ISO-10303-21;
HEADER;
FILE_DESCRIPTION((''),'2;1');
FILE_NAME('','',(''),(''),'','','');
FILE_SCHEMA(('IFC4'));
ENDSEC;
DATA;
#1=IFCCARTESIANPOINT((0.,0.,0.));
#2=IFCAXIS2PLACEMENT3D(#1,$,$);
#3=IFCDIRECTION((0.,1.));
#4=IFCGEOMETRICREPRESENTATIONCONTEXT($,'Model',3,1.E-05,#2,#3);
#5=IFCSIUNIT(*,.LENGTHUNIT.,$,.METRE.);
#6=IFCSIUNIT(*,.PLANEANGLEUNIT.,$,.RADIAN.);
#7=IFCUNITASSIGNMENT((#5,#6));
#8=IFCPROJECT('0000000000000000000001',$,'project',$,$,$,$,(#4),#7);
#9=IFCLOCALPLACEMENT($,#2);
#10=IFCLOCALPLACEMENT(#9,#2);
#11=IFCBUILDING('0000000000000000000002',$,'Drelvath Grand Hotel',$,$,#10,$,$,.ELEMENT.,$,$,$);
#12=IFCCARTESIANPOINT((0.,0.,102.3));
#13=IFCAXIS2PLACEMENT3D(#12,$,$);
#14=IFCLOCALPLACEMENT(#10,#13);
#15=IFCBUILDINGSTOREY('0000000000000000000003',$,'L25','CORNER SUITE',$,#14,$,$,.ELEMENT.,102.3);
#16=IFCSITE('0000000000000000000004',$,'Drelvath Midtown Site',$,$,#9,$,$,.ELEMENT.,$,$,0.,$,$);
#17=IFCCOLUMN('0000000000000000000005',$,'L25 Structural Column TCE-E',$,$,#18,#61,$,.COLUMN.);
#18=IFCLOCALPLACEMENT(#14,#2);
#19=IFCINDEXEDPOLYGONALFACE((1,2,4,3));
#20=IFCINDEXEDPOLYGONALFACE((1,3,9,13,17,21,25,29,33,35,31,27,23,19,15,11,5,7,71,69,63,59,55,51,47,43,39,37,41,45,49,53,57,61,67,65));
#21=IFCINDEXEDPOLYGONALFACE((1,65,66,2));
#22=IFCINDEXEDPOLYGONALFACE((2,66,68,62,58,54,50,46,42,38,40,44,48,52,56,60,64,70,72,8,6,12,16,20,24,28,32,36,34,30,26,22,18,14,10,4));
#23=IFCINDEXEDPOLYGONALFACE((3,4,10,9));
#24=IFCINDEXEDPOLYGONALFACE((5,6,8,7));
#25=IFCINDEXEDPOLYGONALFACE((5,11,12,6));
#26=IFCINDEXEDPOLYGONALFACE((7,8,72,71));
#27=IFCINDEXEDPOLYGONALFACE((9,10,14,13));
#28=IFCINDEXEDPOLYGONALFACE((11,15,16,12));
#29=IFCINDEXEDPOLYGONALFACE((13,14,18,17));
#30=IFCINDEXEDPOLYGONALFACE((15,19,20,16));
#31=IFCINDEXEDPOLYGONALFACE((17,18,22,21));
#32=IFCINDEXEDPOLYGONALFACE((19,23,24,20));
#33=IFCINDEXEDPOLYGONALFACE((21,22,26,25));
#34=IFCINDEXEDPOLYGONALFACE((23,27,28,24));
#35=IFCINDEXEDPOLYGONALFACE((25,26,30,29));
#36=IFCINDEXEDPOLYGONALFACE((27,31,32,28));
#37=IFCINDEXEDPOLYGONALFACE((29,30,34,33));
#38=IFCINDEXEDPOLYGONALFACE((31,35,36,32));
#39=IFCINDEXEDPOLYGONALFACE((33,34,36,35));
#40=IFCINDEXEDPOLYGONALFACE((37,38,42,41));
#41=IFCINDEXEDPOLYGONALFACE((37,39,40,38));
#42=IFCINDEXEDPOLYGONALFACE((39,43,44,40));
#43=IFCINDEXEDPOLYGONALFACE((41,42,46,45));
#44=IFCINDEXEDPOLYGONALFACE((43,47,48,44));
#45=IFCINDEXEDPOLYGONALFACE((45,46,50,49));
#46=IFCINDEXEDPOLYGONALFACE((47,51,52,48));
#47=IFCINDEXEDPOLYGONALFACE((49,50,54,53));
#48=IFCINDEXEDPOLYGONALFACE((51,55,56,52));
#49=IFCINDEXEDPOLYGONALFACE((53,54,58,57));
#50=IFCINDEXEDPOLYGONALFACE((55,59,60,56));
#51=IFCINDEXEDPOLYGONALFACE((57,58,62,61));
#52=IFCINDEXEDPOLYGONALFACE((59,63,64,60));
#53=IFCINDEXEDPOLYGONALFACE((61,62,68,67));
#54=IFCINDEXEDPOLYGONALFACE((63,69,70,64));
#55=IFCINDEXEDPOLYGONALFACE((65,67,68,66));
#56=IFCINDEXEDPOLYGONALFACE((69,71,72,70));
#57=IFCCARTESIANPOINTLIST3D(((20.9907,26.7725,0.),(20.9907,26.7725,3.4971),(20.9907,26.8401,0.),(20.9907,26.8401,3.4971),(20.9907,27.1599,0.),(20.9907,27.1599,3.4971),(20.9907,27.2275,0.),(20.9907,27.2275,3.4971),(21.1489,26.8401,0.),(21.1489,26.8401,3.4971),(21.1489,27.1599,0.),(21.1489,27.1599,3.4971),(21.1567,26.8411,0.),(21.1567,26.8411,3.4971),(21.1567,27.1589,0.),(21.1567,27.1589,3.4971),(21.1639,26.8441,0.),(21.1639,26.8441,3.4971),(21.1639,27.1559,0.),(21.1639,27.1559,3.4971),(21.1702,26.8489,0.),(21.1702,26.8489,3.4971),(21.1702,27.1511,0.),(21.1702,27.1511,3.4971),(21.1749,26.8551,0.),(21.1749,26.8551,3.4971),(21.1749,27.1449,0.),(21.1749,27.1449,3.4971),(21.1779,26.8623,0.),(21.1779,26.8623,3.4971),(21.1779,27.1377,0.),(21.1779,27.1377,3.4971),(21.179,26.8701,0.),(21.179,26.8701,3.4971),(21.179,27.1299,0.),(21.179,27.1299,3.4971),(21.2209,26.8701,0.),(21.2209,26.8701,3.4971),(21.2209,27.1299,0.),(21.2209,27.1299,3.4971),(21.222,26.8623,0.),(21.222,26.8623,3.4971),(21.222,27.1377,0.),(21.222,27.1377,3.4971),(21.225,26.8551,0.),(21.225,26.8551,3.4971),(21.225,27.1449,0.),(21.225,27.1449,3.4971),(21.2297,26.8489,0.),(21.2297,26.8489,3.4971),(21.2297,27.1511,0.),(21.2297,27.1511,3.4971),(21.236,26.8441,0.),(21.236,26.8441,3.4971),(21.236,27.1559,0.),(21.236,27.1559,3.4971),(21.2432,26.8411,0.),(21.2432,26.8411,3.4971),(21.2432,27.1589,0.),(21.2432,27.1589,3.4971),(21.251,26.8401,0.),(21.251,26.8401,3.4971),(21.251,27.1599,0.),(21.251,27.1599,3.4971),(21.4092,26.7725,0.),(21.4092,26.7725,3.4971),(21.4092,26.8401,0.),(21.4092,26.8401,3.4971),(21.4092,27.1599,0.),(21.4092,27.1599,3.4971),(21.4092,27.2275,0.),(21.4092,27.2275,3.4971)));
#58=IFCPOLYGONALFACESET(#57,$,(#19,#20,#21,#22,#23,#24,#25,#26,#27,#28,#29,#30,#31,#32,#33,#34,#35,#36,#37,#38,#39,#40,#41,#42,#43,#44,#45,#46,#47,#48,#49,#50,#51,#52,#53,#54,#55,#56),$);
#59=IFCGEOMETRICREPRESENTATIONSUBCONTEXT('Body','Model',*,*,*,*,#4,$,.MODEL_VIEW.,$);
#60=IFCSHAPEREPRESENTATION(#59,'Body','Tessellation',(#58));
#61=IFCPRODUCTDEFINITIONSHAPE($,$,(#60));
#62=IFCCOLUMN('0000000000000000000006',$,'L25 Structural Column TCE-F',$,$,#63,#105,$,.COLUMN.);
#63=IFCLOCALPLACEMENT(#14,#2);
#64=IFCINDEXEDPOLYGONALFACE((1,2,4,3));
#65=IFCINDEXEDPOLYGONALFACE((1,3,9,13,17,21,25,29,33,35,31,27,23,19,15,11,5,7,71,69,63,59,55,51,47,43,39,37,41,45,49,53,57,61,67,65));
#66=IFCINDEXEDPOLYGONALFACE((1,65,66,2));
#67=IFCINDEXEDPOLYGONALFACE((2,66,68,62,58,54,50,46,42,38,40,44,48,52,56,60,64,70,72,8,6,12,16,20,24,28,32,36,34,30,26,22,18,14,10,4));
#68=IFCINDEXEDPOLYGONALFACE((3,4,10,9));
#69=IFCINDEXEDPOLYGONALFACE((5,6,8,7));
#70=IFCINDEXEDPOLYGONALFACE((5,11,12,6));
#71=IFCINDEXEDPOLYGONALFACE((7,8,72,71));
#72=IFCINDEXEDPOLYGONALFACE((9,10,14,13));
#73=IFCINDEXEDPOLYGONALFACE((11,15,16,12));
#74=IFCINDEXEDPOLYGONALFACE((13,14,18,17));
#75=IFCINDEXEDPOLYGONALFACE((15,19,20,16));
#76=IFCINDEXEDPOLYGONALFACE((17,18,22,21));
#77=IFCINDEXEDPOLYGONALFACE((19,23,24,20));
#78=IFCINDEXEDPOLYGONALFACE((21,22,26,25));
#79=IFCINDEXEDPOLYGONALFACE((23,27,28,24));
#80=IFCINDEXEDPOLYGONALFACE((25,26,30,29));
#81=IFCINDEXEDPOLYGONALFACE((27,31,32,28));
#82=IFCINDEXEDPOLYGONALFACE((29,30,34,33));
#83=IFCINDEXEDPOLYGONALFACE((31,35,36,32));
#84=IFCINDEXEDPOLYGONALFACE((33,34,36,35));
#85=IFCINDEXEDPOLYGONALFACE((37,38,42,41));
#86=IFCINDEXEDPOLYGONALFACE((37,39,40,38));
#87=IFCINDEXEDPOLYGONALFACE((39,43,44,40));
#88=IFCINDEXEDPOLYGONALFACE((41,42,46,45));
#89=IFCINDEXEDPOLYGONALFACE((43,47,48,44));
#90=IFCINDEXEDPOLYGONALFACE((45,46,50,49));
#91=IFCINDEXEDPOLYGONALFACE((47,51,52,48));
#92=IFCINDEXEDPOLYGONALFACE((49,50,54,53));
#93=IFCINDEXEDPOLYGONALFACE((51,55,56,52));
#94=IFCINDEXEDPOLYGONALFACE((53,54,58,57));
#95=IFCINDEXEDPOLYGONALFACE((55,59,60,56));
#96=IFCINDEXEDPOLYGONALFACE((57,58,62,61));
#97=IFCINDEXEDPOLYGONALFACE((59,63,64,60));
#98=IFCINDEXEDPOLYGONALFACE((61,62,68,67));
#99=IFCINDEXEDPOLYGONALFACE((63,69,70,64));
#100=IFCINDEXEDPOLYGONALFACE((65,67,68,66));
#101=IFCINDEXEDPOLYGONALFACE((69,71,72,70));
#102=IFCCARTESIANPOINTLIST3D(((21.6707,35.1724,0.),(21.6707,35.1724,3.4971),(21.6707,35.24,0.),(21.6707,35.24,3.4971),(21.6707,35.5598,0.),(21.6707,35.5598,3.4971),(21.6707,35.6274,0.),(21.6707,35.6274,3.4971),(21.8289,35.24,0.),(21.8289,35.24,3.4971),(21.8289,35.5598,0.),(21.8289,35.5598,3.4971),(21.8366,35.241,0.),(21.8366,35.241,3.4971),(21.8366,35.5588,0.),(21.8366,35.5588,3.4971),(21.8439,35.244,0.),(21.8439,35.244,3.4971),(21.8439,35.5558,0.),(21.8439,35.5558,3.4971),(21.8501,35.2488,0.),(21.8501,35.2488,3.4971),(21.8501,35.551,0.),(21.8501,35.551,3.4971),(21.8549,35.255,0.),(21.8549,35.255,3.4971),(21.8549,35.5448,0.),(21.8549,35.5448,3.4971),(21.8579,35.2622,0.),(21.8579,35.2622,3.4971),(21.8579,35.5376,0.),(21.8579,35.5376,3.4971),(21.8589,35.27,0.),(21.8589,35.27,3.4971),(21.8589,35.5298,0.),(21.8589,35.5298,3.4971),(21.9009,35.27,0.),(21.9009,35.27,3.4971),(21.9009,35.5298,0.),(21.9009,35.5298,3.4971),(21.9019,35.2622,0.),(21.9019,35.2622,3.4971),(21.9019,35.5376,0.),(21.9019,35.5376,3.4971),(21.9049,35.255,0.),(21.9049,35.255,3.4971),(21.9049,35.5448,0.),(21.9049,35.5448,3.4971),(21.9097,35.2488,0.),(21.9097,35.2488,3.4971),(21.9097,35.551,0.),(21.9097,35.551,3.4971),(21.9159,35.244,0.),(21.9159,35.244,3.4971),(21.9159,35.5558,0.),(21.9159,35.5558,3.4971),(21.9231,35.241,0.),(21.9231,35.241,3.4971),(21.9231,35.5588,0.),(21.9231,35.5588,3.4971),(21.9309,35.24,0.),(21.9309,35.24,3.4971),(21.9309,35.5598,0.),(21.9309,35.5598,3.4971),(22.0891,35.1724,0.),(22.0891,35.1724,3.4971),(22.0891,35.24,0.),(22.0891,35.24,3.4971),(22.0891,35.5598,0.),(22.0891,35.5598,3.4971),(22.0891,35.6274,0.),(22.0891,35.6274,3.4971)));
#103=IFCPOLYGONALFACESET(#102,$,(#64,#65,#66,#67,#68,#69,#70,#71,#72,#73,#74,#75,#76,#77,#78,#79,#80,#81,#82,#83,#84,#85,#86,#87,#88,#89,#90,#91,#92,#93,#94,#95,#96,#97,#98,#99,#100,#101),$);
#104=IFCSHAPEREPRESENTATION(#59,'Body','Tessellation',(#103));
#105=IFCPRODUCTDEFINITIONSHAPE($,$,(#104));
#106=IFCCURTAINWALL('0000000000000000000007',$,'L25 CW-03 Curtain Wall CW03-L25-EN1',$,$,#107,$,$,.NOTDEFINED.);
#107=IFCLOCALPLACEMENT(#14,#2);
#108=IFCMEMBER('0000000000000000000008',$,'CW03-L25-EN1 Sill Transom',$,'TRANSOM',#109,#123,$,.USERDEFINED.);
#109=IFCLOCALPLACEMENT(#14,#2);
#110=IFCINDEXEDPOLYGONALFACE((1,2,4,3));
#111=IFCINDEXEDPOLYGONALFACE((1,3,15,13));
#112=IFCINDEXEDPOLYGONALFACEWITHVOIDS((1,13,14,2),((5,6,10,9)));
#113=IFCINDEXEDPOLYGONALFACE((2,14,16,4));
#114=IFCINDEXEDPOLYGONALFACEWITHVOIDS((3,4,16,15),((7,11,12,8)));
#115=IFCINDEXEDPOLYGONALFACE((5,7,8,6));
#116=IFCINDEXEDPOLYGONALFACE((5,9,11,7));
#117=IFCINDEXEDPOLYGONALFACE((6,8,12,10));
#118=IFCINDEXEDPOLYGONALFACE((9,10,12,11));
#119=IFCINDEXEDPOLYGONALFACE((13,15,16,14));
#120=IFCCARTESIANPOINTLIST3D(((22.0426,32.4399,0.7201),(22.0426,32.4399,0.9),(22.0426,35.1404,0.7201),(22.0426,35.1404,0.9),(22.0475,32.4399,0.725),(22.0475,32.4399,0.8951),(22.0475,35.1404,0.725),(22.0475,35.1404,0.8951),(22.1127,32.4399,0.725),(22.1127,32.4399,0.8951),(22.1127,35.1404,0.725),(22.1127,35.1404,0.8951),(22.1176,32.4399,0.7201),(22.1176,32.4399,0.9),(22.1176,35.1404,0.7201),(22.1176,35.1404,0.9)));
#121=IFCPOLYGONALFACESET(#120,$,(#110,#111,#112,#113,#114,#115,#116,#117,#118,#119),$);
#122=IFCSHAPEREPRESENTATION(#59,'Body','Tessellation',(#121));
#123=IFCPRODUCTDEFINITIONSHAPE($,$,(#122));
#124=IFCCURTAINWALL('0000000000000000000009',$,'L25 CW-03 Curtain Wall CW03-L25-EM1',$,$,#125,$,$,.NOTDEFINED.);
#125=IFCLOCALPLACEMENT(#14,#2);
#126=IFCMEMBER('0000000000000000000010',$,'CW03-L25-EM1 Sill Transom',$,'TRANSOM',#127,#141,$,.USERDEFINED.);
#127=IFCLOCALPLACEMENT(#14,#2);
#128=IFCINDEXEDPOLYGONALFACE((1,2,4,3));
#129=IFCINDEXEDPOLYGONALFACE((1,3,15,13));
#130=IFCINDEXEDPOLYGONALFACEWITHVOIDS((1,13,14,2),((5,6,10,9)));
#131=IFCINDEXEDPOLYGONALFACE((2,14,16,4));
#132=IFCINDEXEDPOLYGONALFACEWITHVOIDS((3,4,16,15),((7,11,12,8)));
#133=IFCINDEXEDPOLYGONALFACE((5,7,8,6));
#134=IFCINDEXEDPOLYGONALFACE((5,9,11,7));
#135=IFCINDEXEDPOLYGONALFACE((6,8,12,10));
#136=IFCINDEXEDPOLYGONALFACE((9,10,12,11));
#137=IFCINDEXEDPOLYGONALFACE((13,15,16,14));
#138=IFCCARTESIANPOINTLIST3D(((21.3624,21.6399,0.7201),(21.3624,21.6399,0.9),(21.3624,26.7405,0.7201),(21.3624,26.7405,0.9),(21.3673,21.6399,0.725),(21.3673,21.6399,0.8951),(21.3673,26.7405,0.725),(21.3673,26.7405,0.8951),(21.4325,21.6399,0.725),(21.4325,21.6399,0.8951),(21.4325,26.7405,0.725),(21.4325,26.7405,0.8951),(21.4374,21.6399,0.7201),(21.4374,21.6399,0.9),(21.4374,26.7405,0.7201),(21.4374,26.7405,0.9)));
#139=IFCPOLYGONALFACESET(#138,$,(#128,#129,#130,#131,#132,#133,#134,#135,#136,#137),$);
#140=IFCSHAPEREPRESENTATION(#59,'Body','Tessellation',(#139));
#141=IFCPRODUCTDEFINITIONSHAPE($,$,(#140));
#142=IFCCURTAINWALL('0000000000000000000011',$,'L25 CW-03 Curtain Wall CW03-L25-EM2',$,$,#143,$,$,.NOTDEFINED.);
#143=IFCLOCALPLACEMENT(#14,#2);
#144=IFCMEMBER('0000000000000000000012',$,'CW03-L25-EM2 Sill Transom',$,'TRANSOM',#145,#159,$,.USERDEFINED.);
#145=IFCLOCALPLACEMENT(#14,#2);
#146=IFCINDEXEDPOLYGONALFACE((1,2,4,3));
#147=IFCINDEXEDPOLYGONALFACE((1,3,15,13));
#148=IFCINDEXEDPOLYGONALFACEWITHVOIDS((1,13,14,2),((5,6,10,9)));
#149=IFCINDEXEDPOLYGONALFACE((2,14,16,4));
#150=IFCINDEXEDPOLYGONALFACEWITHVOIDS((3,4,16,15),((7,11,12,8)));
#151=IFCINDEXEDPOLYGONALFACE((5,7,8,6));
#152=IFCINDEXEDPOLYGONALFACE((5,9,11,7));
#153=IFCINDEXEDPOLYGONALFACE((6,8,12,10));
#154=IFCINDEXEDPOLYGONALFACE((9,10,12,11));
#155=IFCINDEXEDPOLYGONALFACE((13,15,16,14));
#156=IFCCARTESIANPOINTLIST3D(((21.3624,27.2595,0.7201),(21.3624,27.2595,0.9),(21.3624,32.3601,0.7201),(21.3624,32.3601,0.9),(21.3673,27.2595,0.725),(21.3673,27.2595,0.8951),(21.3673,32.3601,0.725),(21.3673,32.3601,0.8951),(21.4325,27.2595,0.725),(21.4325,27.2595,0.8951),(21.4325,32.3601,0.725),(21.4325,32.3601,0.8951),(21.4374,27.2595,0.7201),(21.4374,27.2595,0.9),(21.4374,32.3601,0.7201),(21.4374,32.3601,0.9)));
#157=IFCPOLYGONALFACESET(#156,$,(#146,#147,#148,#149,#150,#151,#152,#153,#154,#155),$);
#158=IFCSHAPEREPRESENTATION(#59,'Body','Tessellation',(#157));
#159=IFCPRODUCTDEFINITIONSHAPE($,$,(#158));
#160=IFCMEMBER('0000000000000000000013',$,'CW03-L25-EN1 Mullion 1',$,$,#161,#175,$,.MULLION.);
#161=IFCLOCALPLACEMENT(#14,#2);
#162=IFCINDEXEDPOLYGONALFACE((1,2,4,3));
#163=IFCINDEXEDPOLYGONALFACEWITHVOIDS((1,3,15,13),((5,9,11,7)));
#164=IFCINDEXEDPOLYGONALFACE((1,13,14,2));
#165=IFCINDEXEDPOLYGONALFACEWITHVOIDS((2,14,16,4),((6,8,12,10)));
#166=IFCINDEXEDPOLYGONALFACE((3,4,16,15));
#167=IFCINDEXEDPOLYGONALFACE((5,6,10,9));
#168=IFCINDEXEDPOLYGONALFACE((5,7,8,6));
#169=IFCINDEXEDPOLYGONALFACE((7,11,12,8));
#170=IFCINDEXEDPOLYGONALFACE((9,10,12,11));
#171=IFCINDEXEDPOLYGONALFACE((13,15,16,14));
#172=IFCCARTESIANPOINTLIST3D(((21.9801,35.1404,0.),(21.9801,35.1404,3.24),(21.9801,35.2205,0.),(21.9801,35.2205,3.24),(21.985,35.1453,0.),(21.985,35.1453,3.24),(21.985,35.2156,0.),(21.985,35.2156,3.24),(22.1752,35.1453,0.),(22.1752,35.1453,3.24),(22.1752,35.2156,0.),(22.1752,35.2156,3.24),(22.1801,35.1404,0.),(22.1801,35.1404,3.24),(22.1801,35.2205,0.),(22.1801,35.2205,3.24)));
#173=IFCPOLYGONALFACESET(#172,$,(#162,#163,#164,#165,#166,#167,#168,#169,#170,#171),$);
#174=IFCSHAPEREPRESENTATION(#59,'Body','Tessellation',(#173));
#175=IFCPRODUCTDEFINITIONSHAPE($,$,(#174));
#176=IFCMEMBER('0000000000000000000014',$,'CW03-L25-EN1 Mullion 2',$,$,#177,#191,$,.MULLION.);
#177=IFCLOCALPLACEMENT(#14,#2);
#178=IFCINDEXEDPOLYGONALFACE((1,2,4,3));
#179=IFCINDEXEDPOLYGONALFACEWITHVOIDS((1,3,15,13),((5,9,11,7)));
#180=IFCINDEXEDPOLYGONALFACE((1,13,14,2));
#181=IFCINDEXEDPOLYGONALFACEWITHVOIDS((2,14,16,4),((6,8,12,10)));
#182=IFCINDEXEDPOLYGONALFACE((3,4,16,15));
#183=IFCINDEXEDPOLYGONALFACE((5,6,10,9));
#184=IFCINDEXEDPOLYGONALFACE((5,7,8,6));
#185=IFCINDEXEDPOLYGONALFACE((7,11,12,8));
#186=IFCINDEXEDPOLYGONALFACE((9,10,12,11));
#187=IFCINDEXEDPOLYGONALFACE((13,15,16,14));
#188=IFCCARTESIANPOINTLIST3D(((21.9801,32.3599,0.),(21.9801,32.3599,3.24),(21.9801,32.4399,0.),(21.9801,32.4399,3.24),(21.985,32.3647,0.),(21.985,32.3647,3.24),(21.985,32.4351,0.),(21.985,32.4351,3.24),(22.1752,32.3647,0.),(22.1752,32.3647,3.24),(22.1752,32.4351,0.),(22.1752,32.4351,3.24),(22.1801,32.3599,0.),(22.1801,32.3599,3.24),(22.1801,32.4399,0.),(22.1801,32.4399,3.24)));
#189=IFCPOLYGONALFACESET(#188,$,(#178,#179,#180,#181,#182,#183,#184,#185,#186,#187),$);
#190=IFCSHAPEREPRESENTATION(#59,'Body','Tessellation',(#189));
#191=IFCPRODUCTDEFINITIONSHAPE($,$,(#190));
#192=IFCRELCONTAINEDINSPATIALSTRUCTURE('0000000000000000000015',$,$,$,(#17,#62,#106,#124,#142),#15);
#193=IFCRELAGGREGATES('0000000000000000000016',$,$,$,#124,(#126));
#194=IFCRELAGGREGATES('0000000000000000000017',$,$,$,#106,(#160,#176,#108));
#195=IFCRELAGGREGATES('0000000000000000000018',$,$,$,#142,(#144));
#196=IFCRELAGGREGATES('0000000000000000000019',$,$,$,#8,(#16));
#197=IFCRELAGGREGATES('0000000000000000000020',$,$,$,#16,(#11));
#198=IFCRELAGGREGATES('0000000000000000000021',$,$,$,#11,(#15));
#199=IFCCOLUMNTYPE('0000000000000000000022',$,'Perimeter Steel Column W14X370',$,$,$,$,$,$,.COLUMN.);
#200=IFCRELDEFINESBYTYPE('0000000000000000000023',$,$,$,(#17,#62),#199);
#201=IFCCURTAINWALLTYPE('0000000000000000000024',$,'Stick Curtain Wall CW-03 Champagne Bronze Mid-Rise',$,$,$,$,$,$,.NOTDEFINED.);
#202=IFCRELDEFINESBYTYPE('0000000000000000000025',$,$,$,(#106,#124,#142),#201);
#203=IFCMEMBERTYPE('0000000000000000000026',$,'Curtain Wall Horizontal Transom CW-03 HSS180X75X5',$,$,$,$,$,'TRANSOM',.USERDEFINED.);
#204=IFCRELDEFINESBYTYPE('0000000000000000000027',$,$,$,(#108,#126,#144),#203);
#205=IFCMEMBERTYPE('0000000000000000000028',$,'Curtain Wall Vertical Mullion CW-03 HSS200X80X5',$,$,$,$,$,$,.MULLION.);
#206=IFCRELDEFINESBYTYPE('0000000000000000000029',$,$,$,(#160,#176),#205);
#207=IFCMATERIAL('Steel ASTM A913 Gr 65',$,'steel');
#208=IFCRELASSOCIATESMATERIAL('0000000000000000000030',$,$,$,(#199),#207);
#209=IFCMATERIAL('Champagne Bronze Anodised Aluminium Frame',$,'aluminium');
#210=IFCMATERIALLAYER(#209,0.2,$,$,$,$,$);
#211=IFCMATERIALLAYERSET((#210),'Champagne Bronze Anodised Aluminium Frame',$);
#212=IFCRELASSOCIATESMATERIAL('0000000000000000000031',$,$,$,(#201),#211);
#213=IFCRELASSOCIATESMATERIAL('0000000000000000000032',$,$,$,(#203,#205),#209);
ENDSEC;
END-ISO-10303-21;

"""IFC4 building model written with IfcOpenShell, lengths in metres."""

from ifc_helpers import new_model, si_unit, direction, frame, origin, origin_2d, place, context, subcontext, project, spatial, hollow_rectangle, i_section, extrude, material, layer, layer_set, material_profile, profile_set, type_object, element, aggregate, save


model = new_model("IFC4")

# Units and contexts
model_context = context("Model", 3, precision=1e-05, world=origin(), true_north=direction((0.0, 1.0)))
body_context = subcontext(model_context, "Body", "Model", "MODEL_VIEW")
ifc_project = project(units=[si_unit("LENGTHUNIT", "METRE"), si_unit("PLANEANGLEUNIT", "RADIAN")], contexts=[model_context])

# Site, building, storey
site_placement = place(None, origin())
site = spatial("IfcSite", under=ifc_project, at=site_placement, Name="Drelvath Midtown Site", CompositionType="ELEMENT", RefElevation=0.0)
building_placement = place(site_placement, origin())
building = spatial("IfcBuilding", under=site, at=building_placement, Name="Drelvath Grand Hotel", CompositionType="ELEMENT")
storey_placement = place(building_placement, frame((0.0, 0.0, 102.3)))
storey = spatial("IfcBuildingStorey", under=building, at=storey_placement, Name="L25", Description="CORNER SUITE", CompositionType="ELEMENT", Elevation=102.3)

# Columns
ifc_material_1 = material(Name="Steel ASTM A913 Gr 65", Category="steel")
ifc_material_profile_1 = material_profile(ifc_material_1, i_section(OverallWidth=0.4185, OverallDepth=0.4551, WebThickness=0.042, FlangeThickness=0.0676, FilletRadius=0.03, at=origin_2d()), Name="W14X370")
ifc_profile_set_1 = profile_set([ifc_material_profile_1], Name="Steel ASTM A913 Gr 65")
column_type = type_object("IfcColumnType", Name="Perimeter Steel Column W14X370", PredefinedType="COLUMN", material=ifc_profile_set_1)
for number, where, z_axis, x_axis, name in (
    (1, (21.2, 27.0, 0.0), (0.0, 0.0, 1.0), (1.0, 0.0, 0.0), "L25 Structural Column TCE-E"),
    (2, (21.8799, 35.3999, 0.0), (0.0, 0.0, 1.0), (1.0, 0.0, 0.0), "L25 Structural Column TCE-F"),
):
    element("IfcColumn", number, at=place(storey_placement, frame(where, z_axis=z_axis, x_axis=x_axis)), inside=storey, type_object=column_type, Name=name, PredefinedType="COLUMN", context=body_context, shape_type="SweptSolid", body=[
        extrude(i_section(OverallWidth=0.4185, OverallDepth=0.4551, WebThickness=0.042, FlangeThickness=0.0676, FilletRadius=0.03, at=origin_2d()), origin(), (0.0, 0.0, 1.0), 3.4971),
    ])

# Curtain walls, members
ifc_material_2 = material(Name="Champagne Bronze Anodised Aluminium Frame", Category="aluminium")
ifc_layer_1 = layer(ifc_material_2, 0.2)
ifc_layer_set_1 = layer_set([ifc_layer_1], Name="Champagne Bronze Anodised Aluminium Frame")
curtain_wall_type = type_object("IfcCurtainWallType", Name="Stick Curtain Wall CW-03 Champagne Bronze Mid-Rise", PredefinedType="NOTDEFINED", material=ifc_layer_set_1)
curtain_wall_1_placement = place(storey_placement, origin())
curtain_wall_1 = element("IfcCurtainWall", 3, at=curtain_wall_1_placement, inside=storey, type_object=curtain_wall_type, Name="L25 CW-03 Curtain Wall CW03-L25-EN1", PredefinedType="NOTDEFINED")
ifc_material_profile_2 = material_profile(ifc_material_2, hollow_rectangle(XDim=0.075, YDim=0.1799, WallThickness=0.0049, at=origin_2d()), Name="HSS180X75X5")
ifc_profile_set_2 = profile_set([ifc_material_profile_2], Name="Champagne Bronze Anodised Aluminium Frame")
member_type_1 = type_object("IfcMemberType", Name="Curtain Wall Horizontal Transom CW-03 HSS180X75X5", ElementType="TRANSOM", PredefinedType="USERDEFINED", material=ifc_profile_set_2)
member_1_placement = place(storey_placement, frame((22.0801, 35.1404, 0.8101), z_axis=(0.0, -1.0, 0.0), x_axis=(1.0, 0.0, 0.0)))
member_1 = element("IfcMember", 4, at=member_1_placement, type_object=member_type_1, Name="CW03-L25-EN1 Sill Transom", ObjectType="TRANSOM", PredefinedType="USERDEFINED", context=body_context, shape_type="SweptSolid", body=[
    extrude(hollow_rectangle(XDim=0.075, YDim=0.1799, WallThickness=0.0049, at=origin_2d()), origin(), (0.0, 0.0, 1.0), 2.7004),
])
curtain_wall_2_placement = place(storey_placement, origin())
curtain_wall_2 = element("IfcCurtainWall", 5, at=curtain_wall_2_placement, inside=storey, type_object=curtain_wall_type, Name="L25 CW-03 Curtain Wall CW03-L25-EM1", PredefinedType="NOTDEFINED")
member_2_placement = place(storey_placement, frame((21.3999, 26.7405, 0.8101), z_axis=(0.0, -1.0, 0.0), x_axis=(1.0, 0.0, 0.0)))
member_2 = element("IfcMember", 6, at=member_2_placement, type_object=member_type_1, Name="CW03-L25-EM1 Sill Transom", ObjectType="TRANSOM", PredefinedType="USERDEFINED", context=body_context, shape_type="SweptSolid", body=[
    extrude(hollow_rectangle(XDim=0.075, YDim=0.1799, WallThickness=0.0049, at=origin_2d()), origin(), (0.0, 0.0, 1.0), 5.1006),
])
curtain_wall_3_placement = place(storey_placement, origin())
curtain_wall_3 = element("IfcCurtainWall", 7, at=curtain_wall_3_placement, inside=storey, type_object=curtain_wall_type, Name="L25 CW-03 Curtain Wall CW03-L25-EM2", PredefinedType="NOTDEFINED")
member_3_placement = place(storey_placement, frame((21.3999, 32.3601, 0.8101), z_axis=(0.0, -1.0, 0.0), x_axis=(1.0, 0.0, 0.0)))
member_3 = element("IfcMember", 8, at=member_3_placement, type_object=member_type_1, Name="CW03-L25-EM2 Sill Transom", ObjectType="TRANSOM", PredefinedType="USERDEFINED", context=body_context, shape_type="SweptSolid", body=[
    extrude(hollow_rectangle(XDim=0.075, YDim=0.1799, WallThickness=0.0049, at=origin_2d()), origin(), (0.0, 0.0, 1.0), 5.1006),
])

# Members
ifc_material_profile_3 = material_profile(ifc_material_2, hollow_rectangle(XDim=0.0801, YDim=0.2, WallThickness=0.0049, at=origin_2d()), Name="HSS200X80X5")
ifc_profile_set_3 = profile_set([ifc_material_profile_3], Name="Champagne Bronze Anodised Aluminium Frame")
member_type_2 = type_object("IfcMemberType", Name="Curtain Wall Vertical Mullion CW-03 HSS200X80X5", PredefinedType="MULLION", material=ifc_profile_set_3)
member_4_placement = place(storey_placement, frame((22.0801, 35.1804, 0.0), z_axis=(0.0, 0.0, 1.0), x_axis=(0.0, 1.0, 0.0)))
member_4 = element("IfcMember", 9, at=member_4_placement, type_object=member_type_2, Name="CW03-L25-EN1 Mullion 1", PredefinedType="MULLION", context=body_context, shape_type="SweptSolid", body=[
    extrude(hollow_rectangle(XDim=0.0801, YDim=0.2, WallThickness=0.0049, at=origin_2d()), origin(), (0.0, 0.0, 1.0), 3.24),
])
member_5_placement = place(storey_placement, frame((22.0801, 32.3999, 0.0), z_axis=(0.0, 0.0, 1.0), x_axis=(0.0, 1.0, 0.0)))
member_5 = element("IfcMember", 10, at=member_5_placement, type_object=member_type_2, Name="CW03-L25-EN1 Mullion 2", PredefinedType="MULLION", context=body_context, shape_type="SweptSolid", body=[
    extrude(hollow_rectangle(XDim=0.0801, YDim=0.2, WallThickness=0.0049, at=origin_2d()), origin(), (0.0, 0.0, 1.0), 3.24),
])

aggregate(curtain_wall_2, [member_2])

aggregate(curtain_wall_1, [member_4, member_5, member_1])
aggregate(curtain_wall_3, [member_3])

save(model, "model.ifc")
